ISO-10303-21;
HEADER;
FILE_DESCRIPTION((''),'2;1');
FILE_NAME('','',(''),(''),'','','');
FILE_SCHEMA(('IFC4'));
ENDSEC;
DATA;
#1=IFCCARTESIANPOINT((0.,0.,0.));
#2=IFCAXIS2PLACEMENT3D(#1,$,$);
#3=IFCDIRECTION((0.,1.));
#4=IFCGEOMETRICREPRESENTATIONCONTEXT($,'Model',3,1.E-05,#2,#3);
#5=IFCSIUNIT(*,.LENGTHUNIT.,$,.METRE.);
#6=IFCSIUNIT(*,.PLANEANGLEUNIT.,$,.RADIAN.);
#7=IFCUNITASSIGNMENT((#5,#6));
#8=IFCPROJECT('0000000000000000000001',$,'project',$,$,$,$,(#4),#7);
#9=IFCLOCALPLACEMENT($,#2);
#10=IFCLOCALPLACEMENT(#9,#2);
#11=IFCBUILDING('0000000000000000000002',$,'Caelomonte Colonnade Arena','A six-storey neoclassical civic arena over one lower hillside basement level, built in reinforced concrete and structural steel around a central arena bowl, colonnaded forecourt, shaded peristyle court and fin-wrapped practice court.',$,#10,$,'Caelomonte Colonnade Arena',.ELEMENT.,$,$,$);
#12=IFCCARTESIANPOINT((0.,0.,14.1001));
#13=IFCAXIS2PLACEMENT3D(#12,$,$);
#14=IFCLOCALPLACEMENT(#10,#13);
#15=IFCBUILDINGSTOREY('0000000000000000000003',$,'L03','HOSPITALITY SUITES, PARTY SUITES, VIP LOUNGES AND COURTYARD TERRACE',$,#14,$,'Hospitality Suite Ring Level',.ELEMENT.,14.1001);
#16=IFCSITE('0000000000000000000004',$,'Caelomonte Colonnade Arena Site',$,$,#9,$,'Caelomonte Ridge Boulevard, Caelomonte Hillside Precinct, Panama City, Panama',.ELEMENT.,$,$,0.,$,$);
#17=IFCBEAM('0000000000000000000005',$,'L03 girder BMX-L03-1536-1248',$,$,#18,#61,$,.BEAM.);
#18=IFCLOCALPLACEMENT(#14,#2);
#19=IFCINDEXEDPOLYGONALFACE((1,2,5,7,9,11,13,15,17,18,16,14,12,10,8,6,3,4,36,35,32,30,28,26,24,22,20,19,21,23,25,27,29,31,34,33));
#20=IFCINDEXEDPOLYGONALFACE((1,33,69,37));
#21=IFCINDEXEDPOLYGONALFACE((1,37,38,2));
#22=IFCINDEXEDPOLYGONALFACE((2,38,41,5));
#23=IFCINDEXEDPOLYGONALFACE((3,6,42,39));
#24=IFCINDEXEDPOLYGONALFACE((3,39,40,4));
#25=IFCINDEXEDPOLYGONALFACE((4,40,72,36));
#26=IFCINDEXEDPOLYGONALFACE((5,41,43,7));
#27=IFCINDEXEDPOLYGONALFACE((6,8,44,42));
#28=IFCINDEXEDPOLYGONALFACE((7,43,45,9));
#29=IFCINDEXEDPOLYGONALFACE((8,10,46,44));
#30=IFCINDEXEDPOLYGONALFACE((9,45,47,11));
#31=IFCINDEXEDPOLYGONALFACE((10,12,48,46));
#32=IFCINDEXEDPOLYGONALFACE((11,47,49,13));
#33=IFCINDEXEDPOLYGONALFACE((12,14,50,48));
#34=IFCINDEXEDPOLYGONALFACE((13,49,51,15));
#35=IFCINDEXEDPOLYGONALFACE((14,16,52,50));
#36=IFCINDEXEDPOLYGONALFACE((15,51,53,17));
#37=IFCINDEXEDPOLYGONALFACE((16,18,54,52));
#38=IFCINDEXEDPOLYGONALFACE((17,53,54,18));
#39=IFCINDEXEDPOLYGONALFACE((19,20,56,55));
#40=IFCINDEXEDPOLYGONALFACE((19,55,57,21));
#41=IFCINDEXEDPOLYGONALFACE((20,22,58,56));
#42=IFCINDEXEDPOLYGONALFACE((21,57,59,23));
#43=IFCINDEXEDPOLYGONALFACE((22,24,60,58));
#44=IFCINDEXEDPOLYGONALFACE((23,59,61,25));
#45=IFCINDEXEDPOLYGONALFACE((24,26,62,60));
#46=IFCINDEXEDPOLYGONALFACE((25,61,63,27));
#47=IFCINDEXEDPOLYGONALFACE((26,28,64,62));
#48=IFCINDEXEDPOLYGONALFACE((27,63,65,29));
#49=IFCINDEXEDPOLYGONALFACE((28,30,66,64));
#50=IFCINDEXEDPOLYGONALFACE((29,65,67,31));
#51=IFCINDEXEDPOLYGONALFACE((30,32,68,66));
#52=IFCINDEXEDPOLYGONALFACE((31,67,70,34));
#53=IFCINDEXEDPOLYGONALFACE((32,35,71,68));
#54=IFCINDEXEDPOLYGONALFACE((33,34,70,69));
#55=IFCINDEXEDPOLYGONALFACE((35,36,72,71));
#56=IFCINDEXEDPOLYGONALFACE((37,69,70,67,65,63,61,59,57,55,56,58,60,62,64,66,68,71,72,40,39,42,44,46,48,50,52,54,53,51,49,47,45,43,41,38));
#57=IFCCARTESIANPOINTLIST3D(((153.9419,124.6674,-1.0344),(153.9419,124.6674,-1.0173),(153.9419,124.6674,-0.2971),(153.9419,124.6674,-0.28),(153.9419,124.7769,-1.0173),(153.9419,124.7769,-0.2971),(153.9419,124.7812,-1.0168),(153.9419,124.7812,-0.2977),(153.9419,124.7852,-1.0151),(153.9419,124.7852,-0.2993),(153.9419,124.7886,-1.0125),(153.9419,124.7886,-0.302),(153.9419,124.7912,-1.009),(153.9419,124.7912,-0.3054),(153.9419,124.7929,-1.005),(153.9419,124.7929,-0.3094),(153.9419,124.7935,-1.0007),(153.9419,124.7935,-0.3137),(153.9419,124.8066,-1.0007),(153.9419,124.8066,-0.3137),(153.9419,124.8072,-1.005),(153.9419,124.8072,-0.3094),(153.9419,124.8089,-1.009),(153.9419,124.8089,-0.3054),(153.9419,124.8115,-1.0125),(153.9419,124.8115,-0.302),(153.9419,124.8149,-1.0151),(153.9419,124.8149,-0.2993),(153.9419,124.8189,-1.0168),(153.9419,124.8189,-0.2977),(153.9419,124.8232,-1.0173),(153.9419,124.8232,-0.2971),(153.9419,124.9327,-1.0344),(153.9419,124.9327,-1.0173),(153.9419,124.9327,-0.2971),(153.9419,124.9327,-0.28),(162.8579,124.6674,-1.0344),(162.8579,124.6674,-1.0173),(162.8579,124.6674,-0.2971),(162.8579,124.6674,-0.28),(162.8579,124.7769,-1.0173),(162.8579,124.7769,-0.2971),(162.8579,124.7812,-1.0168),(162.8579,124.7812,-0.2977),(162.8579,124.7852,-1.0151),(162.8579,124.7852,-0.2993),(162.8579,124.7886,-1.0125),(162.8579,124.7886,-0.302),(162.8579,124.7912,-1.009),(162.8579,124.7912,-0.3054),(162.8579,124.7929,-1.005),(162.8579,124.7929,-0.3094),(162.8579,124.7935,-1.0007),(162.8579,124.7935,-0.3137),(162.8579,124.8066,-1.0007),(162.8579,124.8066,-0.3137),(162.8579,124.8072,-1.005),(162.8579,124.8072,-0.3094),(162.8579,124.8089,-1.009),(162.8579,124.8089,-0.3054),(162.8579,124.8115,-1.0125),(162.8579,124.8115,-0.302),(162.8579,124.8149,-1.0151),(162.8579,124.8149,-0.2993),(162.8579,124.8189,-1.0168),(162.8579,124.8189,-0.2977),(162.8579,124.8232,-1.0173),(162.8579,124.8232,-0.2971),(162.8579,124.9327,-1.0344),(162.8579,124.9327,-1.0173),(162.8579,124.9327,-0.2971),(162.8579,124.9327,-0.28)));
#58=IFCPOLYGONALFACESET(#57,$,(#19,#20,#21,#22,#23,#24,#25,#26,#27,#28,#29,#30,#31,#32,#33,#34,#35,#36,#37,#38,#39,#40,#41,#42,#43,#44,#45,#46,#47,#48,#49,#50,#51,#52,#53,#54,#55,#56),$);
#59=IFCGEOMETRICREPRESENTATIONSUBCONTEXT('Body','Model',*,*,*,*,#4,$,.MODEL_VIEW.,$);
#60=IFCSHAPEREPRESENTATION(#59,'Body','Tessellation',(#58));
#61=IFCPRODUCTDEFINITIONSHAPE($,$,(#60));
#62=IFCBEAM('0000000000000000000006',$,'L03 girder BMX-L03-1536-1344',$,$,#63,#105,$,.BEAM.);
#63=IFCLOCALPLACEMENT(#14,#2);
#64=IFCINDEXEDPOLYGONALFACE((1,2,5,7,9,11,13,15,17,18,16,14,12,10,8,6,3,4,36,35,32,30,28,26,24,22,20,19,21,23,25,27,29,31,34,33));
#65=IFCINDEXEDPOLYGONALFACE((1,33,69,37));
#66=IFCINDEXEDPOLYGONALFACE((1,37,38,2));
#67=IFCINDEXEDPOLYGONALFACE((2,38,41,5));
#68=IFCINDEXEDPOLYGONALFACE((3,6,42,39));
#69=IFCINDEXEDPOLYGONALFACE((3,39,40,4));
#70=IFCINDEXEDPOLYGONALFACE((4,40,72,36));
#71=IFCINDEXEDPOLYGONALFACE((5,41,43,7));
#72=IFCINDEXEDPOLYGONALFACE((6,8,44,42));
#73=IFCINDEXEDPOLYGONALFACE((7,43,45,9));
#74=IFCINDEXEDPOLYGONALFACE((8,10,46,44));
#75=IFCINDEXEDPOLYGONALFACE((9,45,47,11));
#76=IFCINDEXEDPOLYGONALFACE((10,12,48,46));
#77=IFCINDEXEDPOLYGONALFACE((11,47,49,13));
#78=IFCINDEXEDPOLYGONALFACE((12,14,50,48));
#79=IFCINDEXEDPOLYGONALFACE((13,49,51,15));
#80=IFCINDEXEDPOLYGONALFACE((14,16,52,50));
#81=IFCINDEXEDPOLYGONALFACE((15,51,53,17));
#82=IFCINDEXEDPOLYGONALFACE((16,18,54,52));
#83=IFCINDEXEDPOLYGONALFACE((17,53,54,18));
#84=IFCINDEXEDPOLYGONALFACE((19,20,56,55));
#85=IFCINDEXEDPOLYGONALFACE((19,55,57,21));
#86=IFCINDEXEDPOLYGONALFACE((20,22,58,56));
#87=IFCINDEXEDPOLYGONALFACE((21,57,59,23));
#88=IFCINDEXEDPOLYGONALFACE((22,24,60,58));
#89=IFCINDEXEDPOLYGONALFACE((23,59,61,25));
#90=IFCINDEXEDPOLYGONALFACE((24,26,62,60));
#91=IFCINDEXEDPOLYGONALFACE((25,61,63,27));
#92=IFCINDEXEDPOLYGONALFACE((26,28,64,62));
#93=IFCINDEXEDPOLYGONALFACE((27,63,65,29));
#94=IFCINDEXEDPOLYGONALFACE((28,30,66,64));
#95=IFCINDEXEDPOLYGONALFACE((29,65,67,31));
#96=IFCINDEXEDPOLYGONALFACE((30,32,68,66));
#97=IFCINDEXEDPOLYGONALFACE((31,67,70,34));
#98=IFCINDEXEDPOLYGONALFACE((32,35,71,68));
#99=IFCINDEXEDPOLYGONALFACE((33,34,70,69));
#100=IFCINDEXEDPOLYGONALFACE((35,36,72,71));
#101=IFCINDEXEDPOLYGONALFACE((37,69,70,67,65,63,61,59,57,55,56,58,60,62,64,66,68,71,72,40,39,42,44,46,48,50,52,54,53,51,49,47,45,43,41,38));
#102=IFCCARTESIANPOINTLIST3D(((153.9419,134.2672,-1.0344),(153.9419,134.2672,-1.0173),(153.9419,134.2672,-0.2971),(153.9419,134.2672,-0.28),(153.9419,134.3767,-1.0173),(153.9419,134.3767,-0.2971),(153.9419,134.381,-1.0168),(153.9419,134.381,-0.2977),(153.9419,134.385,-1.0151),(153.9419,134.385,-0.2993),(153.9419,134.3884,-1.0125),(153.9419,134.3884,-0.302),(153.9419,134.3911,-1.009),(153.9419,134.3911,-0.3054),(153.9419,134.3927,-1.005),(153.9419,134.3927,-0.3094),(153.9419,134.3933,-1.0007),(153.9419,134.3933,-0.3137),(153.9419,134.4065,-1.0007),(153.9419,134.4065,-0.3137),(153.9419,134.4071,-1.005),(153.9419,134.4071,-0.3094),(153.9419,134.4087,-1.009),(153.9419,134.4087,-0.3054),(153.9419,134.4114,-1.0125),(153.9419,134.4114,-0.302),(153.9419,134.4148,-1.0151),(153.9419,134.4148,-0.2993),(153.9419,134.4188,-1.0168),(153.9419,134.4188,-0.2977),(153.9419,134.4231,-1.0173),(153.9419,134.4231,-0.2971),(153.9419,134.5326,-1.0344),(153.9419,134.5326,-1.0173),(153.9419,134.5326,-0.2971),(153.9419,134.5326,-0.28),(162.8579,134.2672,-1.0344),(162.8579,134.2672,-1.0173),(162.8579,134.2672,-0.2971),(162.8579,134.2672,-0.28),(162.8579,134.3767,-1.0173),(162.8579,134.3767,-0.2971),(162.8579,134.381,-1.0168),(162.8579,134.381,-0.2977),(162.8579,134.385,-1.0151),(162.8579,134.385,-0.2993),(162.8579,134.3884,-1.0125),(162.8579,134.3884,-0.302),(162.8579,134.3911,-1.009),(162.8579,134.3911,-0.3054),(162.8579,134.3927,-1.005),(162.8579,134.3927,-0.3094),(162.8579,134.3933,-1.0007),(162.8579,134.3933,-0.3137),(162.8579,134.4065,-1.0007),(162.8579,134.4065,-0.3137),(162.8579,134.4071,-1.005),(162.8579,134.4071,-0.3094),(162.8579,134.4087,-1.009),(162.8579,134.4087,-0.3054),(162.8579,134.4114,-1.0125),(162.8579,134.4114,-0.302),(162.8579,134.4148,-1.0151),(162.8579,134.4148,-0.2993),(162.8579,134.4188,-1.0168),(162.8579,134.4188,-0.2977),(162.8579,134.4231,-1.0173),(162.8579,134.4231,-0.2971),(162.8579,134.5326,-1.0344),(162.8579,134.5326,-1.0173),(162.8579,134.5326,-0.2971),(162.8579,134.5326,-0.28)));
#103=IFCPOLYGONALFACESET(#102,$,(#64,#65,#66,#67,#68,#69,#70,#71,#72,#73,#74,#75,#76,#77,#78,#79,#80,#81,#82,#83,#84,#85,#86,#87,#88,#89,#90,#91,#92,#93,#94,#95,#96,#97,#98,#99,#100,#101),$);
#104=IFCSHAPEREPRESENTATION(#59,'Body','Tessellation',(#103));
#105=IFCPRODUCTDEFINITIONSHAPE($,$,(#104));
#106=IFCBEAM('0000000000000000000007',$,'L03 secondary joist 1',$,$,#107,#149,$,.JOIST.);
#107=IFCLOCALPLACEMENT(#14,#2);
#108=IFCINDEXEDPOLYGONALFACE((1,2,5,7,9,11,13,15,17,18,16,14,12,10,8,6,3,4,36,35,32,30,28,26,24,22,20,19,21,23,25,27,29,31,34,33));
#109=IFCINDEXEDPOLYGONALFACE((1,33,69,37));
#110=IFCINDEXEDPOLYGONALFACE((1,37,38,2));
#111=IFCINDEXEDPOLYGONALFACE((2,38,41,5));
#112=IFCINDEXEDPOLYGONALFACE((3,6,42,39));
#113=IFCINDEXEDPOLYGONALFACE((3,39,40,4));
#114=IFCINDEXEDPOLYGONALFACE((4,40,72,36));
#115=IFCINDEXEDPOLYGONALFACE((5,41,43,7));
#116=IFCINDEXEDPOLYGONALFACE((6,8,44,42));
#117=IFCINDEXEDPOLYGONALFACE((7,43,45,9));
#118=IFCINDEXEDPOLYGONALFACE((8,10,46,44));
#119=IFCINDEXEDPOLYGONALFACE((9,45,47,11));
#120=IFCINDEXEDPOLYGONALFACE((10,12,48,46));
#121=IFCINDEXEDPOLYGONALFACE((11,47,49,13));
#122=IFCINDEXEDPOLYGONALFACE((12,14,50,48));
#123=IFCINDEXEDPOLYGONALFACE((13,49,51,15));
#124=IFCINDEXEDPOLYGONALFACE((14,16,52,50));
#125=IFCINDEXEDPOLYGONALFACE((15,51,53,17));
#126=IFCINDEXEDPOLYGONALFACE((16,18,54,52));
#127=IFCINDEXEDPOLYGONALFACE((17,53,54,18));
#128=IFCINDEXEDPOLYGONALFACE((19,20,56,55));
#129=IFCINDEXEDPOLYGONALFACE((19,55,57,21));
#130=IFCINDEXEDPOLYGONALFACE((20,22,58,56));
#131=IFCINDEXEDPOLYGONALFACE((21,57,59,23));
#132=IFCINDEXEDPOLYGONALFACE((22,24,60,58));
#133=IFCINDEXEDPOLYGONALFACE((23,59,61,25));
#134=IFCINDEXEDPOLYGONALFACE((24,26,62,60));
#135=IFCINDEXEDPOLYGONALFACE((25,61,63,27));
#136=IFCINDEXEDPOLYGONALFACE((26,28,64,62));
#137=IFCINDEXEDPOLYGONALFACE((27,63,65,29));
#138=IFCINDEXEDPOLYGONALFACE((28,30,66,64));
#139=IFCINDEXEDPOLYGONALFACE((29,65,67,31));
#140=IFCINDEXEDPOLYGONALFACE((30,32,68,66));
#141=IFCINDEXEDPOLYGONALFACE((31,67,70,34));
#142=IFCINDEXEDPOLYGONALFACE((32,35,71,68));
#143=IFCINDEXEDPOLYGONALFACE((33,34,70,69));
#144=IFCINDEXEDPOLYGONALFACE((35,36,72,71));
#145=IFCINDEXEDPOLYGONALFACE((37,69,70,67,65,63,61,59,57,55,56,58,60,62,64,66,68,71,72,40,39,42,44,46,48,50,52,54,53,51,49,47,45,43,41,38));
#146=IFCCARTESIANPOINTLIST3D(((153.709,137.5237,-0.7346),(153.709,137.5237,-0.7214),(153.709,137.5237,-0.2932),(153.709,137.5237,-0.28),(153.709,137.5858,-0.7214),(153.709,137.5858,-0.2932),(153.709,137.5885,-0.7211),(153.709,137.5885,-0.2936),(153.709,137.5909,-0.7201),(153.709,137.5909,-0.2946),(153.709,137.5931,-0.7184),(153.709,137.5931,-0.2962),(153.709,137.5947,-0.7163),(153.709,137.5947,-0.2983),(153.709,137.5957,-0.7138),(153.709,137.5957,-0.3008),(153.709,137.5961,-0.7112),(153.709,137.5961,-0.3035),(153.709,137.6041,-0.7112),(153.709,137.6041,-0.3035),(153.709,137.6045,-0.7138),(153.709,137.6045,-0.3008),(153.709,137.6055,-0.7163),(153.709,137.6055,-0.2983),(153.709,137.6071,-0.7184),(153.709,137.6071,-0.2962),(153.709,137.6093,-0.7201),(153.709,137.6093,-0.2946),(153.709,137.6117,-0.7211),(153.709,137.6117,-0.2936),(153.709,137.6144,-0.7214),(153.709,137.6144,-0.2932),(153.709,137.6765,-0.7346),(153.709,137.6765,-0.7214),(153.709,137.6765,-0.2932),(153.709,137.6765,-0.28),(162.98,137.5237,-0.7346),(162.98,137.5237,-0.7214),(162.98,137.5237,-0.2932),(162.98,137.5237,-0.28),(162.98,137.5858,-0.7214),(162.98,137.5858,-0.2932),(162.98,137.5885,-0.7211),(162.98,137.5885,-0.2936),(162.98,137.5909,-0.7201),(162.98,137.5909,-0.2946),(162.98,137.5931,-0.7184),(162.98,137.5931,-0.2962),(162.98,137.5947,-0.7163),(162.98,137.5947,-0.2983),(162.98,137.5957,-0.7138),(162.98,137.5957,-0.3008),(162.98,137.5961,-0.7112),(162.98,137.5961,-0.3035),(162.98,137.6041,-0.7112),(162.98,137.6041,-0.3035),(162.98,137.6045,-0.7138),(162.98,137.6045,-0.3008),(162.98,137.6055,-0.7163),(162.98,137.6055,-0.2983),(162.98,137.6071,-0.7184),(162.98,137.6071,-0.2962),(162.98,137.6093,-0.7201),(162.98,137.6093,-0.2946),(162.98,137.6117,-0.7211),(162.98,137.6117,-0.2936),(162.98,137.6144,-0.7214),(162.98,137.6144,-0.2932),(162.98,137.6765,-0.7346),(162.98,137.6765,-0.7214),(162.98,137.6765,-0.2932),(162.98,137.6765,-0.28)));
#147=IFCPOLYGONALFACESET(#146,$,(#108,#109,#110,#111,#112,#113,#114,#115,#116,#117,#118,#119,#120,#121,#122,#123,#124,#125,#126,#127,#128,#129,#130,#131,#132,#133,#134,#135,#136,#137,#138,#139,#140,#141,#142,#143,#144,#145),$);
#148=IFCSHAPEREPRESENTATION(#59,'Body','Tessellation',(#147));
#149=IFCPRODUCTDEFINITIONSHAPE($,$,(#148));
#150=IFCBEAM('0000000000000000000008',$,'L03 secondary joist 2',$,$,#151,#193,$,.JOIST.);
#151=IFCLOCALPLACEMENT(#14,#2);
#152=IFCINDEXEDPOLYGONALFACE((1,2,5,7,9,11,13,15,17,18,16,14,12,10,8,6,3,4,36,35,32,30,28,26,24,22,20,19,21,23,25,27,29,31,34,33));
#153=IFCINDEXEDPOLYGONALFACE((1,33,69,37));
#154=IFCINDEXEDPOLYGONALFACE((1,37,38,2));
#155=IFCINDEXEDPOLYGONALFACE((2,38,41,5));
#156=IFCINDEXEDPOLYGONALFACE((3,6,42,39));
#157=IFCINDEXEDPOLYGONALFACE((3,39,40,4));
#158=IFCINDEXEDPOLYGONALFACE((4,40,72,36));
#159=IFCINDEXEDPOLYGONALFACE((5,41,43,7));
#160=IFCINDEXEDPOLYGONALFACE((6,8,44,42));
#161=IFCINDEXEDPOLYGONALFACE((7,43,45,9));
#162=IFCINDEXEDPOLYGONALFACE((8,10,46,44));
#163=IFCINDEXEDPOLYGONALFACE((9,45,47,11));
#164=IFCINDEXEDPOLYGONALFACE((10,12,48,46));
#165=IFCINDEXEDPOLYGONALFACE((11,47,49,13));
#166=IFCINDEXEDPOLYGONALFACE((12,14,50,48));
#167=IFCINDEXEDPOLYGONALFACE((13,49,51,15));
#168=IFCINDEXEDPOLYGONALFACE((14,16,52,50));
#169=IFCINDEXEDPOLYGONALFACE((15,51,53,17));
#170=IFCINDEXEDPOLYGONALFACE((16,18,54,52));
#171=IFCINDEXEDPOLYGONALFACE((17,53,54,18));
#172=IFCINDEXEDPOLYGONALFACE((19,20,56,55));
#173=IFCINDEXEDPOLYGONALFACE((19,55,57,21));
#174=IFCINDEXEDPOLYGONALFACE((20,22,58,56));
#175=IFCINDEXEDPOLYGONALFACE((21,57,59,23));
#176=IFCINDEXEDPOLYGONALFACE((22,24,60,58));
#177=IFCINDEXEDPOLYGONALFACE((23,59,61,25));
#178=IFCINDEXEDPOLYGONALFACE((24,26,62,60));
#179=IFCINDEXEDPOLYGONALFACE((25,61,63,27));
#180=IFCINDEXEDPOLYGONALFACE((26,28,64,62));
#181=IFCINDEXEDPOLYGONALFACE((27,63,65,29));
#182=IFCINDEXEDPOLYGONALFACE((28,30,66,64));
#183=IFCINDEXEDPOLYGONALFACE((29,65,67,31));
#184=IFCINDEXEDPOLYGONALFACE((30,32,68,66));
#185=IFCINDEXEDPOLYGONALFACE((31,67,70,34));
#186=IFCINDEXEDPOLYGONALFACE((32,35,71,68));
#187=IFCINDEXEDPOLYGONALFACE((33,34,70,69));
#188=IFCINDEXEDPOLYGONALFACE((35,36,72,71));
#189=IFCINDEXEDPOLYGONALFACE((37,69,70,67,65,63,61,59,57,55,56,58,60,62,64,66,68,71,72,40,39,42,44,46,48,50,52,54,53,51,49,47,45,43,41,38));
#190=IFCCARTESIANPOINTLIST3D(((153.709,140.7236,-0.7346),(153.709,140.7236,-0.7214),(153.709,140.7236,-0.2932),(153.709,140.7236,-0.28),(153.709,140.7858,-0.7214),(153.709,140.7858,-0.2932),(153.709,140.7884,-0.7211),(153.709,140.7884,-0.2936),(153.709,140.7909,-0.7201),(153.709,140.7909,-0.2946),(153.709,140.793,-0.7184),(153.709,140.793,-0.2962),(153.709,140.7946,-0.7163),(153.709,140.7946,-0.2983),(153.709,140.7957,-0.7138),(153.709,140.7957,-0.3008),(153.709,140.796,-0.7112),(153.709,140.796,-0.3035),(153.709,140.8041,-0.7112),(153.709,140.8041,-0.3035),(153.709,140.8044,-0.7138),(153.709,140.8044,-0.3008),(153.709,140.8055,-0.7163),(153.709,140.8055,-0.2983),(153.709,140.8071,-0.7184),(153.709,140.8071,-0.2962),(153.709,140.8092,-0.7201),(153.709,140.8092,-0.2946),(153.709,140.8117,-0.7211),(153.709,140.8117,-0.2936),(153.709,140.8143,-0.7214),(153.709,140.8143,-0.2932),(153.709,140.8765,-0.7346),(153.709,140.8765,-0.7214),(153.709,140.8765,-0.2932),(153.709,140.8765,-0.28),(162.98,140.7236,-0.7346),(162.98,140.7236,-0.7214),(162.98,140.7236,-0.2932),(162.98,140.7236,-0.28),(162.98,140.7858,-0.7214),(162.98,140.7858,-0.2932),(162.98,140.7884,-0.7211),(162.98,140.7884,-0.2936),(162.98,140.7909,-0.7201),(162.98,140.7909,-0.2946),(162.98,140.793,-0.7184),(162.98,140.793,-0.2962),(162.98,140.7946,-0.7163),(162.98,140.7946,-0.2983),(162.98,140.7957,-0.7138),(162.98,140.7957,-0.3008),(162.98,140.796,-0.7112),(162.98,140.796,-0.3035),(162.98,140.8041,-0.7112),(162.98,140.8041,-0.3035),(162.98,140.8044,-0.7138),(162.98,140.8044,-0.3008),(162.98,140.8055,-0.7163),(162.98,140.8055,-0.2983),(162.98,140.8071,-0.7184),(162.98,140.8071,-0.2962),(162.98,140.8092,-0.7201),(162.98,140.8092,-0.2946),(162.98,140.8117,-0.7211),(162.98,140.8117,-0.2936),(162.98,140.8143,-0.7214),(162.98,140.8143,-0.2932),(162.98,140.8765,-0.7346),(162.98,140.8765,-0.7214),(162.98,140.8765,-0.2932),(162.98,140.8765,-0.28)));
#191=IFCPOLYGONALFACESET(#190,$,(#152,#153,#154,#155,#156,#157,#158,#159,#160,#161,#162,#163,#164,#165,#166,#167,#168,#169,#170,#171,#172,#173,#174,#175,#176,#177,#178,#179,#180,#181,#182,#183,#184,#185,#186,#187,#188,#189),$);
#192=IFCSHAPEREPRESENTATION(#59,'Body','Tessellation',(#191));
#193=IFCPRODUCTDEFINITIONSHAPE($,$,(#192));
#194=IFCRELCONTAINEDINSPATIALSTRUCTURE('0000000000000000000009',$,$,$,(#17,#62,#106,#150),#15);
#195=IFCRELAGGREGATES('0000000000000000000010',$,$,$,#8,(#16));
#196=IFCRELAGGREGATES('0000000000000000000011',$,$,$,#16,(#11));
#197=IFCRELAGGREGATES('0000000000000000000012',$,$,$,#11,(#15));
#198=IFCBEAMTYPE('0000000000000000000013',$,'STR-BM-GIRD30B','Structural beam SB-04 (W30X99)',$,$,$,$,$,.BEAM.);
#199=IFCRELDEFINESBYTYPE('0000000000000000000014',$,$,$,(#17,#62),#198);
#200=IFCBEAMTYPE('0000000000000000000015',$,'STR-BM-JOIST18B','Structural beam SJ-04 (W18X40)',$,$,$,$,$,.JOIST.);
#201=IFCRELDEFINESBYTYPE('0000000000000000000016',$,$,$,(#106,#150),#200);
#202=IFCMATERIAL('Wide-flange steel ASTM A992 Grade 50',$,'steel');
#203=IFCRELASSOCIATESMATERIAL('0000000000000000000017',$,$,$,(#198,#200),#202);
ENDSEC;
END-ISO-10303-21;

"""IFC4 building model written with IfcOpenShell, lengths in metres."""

from ifc_helpers import new_model, si_unit, direction, frame, origin, origin_2d, place, context, subcontext, project, spatial, i_section, extrude, material, material_profile, profile_set, type_object, element, save


model = new_model("IFC4")

# Units and contexts
model_context = context("Model", 3, precision=1e-05, world=origin(), true_north=direction((0.0, 1.0)))
body_context = subcontext(model_context, "Body", "Model", "MODEL_VIEW")
ifc_project = project(units=[si_unit("LENGTHUNIT", "METRE"), si_unit("PLANEANGLEUNIT", "RADIAN")], contexts=[model_context])

# Site, building, storey
site_placement = place(None, origin())
site = spatial("IfcSite", under=ifc_project, at=site_placement, Name="Caelomonte Colonnade Arena Site", LongName="Caelomonte Ridge Boulevard, Caelomonte Hillside Precinct, Panama City, Panama", CompositionType="ELEMENT", RefElevation=0.0)
building_placement = place(site_placement, origin())
building = spatial("IfcBuilding", under=site, at=building_placement, Name="Caelomonte Colonnade Arena", Description="A six-storey neoclassical civic arena over one lower hillside basement level, built in reinforced concrete and structural steel around a central arena bowl, colonnaded forecourt, shaded peristyle court and fin-wrapped practice court.", LongName="Caelomonte Colonnade Arena", CompositionType="ELEMENT")
storey_placement = place(building_placement, frame((0.0, 0.0, 14.1001)))
storey = spatial("IfcBuildingStorey", under=building, at=storey_placement, Name="L03", Description="HOSPITALITY SUITES, PARTY SUITES, VIP LOUNGES AND COURTYARD TERRACE", LongName="Hospitality Suite Ring Level", CompositionType="ELEMENT", Elevation=14.1001)

# Beams
ifc_material_1 = material(Name="Wide-flange steel ASTM A992 Grade 50", Category="steel")
ifc_material_profile_1 = material_profile(ifc_material_1, i_section(OverallWidth=0.2654, OverallDepth=0.7544, WebThickness=0.0132, FlangeThickness=0.0171, FilletRadius=0.0166, at=origin_2d()), Name="W30X99")
ifc_profile_set_1 = profile_set([ifc_material_profile_1], Name="Wide-flange steel ASTM A992 Grade 50")
beam_type_1 = type_object("IfcBeamType", Name="STR-BM-GIRD30B", Description="Structural beam SB-04 (W30X99)", PredefinedType="BEAM", material=ifc_profile_set_1)
for number, where, z_axis, x_axis, name in (
    (1, (153.9419, 124.8, -0.6572), (1.0, 0.0, 0.0), (0.0, 1.0, 0.0), "L03 girder BMX-L03-1536-1248"),
    (2, (153.9419, 134.3999, -0.6572), (1.0, 0.0, 0.0), (0.0, 1.0, 0.0), "L03 girder BMX-L03-1536-1344"),
):
    element("IfcBeam", number, at=place(storey_placement, frame(where, z_axis=z_axis, x_axis=x_axis)), inside=storey, type_object=beam_type_1, Name=name, PredefinedType="BEAM", context=body_context, shape_type="SweptSolid", body=[
        extrude(i_section(OverallWidth=0.2654, OverallDepth=0.7544, WebThickness=0.0132, FlangeThickness=0.0171, FilletRadius=0.0166, at=origin_2d()), origin(), (0.0, 0.0, 1.0), 8.916),
    ])
ifc_material_profile_2 = material_profile(ifc_material_1, i_section(OverallWidth=0.1528, OverallDepth=0.4546, WebThickness=0.0081, FlangeThickness=0.0132, FilletRadius=0.0103, at=origin_2d()), Name="W18X40")
ifc_profile_set_2 = profile_set([ifc_material_profile_2], Name="Wide-flange steel ASTM A992 Grade 50")
beam_type_2 = type_object("IfcBeamType", Name="STR-BM-JOIST18B", Description="Structural beam SJ-04 (W18X40)", PredefinedType="JOIST", material=ifc_profile_set_2)
for number, where, z_axis, x_axis, name in (
    (3, (153.709, 137.6001, -0.5073), (1.0, 0.0, 0.0), (0.0, 1.0, 0.0), "L03 secondary joist 1"),
    (4, (153.709, 140.8, -0.5073), (1.0, 0.0, 0.0), (0.0, 1.0, 0.0), "L03 secondary joist 2"),
):
    element("IfcBeam", number, at=place(storey_placement, frame(where, z_axis=z_axis, x_axis=x_axis)), inside=storey, type_object=beam_type_2, Name=name, PredefinedType="JOIST", context=body_context, shape_type="SweptSolid", body=[
        extrude(i_section(OverallWidth=0.1528, OverallDepth=0.4546, WebThickness=0.0081, FlangeThickness=0.0132, FilletRadius=0.0103, at=origin_2d()), origin(), (0.0, 0.0, 1.0), 9.271),
    ])

save(model, "model.ifc")
